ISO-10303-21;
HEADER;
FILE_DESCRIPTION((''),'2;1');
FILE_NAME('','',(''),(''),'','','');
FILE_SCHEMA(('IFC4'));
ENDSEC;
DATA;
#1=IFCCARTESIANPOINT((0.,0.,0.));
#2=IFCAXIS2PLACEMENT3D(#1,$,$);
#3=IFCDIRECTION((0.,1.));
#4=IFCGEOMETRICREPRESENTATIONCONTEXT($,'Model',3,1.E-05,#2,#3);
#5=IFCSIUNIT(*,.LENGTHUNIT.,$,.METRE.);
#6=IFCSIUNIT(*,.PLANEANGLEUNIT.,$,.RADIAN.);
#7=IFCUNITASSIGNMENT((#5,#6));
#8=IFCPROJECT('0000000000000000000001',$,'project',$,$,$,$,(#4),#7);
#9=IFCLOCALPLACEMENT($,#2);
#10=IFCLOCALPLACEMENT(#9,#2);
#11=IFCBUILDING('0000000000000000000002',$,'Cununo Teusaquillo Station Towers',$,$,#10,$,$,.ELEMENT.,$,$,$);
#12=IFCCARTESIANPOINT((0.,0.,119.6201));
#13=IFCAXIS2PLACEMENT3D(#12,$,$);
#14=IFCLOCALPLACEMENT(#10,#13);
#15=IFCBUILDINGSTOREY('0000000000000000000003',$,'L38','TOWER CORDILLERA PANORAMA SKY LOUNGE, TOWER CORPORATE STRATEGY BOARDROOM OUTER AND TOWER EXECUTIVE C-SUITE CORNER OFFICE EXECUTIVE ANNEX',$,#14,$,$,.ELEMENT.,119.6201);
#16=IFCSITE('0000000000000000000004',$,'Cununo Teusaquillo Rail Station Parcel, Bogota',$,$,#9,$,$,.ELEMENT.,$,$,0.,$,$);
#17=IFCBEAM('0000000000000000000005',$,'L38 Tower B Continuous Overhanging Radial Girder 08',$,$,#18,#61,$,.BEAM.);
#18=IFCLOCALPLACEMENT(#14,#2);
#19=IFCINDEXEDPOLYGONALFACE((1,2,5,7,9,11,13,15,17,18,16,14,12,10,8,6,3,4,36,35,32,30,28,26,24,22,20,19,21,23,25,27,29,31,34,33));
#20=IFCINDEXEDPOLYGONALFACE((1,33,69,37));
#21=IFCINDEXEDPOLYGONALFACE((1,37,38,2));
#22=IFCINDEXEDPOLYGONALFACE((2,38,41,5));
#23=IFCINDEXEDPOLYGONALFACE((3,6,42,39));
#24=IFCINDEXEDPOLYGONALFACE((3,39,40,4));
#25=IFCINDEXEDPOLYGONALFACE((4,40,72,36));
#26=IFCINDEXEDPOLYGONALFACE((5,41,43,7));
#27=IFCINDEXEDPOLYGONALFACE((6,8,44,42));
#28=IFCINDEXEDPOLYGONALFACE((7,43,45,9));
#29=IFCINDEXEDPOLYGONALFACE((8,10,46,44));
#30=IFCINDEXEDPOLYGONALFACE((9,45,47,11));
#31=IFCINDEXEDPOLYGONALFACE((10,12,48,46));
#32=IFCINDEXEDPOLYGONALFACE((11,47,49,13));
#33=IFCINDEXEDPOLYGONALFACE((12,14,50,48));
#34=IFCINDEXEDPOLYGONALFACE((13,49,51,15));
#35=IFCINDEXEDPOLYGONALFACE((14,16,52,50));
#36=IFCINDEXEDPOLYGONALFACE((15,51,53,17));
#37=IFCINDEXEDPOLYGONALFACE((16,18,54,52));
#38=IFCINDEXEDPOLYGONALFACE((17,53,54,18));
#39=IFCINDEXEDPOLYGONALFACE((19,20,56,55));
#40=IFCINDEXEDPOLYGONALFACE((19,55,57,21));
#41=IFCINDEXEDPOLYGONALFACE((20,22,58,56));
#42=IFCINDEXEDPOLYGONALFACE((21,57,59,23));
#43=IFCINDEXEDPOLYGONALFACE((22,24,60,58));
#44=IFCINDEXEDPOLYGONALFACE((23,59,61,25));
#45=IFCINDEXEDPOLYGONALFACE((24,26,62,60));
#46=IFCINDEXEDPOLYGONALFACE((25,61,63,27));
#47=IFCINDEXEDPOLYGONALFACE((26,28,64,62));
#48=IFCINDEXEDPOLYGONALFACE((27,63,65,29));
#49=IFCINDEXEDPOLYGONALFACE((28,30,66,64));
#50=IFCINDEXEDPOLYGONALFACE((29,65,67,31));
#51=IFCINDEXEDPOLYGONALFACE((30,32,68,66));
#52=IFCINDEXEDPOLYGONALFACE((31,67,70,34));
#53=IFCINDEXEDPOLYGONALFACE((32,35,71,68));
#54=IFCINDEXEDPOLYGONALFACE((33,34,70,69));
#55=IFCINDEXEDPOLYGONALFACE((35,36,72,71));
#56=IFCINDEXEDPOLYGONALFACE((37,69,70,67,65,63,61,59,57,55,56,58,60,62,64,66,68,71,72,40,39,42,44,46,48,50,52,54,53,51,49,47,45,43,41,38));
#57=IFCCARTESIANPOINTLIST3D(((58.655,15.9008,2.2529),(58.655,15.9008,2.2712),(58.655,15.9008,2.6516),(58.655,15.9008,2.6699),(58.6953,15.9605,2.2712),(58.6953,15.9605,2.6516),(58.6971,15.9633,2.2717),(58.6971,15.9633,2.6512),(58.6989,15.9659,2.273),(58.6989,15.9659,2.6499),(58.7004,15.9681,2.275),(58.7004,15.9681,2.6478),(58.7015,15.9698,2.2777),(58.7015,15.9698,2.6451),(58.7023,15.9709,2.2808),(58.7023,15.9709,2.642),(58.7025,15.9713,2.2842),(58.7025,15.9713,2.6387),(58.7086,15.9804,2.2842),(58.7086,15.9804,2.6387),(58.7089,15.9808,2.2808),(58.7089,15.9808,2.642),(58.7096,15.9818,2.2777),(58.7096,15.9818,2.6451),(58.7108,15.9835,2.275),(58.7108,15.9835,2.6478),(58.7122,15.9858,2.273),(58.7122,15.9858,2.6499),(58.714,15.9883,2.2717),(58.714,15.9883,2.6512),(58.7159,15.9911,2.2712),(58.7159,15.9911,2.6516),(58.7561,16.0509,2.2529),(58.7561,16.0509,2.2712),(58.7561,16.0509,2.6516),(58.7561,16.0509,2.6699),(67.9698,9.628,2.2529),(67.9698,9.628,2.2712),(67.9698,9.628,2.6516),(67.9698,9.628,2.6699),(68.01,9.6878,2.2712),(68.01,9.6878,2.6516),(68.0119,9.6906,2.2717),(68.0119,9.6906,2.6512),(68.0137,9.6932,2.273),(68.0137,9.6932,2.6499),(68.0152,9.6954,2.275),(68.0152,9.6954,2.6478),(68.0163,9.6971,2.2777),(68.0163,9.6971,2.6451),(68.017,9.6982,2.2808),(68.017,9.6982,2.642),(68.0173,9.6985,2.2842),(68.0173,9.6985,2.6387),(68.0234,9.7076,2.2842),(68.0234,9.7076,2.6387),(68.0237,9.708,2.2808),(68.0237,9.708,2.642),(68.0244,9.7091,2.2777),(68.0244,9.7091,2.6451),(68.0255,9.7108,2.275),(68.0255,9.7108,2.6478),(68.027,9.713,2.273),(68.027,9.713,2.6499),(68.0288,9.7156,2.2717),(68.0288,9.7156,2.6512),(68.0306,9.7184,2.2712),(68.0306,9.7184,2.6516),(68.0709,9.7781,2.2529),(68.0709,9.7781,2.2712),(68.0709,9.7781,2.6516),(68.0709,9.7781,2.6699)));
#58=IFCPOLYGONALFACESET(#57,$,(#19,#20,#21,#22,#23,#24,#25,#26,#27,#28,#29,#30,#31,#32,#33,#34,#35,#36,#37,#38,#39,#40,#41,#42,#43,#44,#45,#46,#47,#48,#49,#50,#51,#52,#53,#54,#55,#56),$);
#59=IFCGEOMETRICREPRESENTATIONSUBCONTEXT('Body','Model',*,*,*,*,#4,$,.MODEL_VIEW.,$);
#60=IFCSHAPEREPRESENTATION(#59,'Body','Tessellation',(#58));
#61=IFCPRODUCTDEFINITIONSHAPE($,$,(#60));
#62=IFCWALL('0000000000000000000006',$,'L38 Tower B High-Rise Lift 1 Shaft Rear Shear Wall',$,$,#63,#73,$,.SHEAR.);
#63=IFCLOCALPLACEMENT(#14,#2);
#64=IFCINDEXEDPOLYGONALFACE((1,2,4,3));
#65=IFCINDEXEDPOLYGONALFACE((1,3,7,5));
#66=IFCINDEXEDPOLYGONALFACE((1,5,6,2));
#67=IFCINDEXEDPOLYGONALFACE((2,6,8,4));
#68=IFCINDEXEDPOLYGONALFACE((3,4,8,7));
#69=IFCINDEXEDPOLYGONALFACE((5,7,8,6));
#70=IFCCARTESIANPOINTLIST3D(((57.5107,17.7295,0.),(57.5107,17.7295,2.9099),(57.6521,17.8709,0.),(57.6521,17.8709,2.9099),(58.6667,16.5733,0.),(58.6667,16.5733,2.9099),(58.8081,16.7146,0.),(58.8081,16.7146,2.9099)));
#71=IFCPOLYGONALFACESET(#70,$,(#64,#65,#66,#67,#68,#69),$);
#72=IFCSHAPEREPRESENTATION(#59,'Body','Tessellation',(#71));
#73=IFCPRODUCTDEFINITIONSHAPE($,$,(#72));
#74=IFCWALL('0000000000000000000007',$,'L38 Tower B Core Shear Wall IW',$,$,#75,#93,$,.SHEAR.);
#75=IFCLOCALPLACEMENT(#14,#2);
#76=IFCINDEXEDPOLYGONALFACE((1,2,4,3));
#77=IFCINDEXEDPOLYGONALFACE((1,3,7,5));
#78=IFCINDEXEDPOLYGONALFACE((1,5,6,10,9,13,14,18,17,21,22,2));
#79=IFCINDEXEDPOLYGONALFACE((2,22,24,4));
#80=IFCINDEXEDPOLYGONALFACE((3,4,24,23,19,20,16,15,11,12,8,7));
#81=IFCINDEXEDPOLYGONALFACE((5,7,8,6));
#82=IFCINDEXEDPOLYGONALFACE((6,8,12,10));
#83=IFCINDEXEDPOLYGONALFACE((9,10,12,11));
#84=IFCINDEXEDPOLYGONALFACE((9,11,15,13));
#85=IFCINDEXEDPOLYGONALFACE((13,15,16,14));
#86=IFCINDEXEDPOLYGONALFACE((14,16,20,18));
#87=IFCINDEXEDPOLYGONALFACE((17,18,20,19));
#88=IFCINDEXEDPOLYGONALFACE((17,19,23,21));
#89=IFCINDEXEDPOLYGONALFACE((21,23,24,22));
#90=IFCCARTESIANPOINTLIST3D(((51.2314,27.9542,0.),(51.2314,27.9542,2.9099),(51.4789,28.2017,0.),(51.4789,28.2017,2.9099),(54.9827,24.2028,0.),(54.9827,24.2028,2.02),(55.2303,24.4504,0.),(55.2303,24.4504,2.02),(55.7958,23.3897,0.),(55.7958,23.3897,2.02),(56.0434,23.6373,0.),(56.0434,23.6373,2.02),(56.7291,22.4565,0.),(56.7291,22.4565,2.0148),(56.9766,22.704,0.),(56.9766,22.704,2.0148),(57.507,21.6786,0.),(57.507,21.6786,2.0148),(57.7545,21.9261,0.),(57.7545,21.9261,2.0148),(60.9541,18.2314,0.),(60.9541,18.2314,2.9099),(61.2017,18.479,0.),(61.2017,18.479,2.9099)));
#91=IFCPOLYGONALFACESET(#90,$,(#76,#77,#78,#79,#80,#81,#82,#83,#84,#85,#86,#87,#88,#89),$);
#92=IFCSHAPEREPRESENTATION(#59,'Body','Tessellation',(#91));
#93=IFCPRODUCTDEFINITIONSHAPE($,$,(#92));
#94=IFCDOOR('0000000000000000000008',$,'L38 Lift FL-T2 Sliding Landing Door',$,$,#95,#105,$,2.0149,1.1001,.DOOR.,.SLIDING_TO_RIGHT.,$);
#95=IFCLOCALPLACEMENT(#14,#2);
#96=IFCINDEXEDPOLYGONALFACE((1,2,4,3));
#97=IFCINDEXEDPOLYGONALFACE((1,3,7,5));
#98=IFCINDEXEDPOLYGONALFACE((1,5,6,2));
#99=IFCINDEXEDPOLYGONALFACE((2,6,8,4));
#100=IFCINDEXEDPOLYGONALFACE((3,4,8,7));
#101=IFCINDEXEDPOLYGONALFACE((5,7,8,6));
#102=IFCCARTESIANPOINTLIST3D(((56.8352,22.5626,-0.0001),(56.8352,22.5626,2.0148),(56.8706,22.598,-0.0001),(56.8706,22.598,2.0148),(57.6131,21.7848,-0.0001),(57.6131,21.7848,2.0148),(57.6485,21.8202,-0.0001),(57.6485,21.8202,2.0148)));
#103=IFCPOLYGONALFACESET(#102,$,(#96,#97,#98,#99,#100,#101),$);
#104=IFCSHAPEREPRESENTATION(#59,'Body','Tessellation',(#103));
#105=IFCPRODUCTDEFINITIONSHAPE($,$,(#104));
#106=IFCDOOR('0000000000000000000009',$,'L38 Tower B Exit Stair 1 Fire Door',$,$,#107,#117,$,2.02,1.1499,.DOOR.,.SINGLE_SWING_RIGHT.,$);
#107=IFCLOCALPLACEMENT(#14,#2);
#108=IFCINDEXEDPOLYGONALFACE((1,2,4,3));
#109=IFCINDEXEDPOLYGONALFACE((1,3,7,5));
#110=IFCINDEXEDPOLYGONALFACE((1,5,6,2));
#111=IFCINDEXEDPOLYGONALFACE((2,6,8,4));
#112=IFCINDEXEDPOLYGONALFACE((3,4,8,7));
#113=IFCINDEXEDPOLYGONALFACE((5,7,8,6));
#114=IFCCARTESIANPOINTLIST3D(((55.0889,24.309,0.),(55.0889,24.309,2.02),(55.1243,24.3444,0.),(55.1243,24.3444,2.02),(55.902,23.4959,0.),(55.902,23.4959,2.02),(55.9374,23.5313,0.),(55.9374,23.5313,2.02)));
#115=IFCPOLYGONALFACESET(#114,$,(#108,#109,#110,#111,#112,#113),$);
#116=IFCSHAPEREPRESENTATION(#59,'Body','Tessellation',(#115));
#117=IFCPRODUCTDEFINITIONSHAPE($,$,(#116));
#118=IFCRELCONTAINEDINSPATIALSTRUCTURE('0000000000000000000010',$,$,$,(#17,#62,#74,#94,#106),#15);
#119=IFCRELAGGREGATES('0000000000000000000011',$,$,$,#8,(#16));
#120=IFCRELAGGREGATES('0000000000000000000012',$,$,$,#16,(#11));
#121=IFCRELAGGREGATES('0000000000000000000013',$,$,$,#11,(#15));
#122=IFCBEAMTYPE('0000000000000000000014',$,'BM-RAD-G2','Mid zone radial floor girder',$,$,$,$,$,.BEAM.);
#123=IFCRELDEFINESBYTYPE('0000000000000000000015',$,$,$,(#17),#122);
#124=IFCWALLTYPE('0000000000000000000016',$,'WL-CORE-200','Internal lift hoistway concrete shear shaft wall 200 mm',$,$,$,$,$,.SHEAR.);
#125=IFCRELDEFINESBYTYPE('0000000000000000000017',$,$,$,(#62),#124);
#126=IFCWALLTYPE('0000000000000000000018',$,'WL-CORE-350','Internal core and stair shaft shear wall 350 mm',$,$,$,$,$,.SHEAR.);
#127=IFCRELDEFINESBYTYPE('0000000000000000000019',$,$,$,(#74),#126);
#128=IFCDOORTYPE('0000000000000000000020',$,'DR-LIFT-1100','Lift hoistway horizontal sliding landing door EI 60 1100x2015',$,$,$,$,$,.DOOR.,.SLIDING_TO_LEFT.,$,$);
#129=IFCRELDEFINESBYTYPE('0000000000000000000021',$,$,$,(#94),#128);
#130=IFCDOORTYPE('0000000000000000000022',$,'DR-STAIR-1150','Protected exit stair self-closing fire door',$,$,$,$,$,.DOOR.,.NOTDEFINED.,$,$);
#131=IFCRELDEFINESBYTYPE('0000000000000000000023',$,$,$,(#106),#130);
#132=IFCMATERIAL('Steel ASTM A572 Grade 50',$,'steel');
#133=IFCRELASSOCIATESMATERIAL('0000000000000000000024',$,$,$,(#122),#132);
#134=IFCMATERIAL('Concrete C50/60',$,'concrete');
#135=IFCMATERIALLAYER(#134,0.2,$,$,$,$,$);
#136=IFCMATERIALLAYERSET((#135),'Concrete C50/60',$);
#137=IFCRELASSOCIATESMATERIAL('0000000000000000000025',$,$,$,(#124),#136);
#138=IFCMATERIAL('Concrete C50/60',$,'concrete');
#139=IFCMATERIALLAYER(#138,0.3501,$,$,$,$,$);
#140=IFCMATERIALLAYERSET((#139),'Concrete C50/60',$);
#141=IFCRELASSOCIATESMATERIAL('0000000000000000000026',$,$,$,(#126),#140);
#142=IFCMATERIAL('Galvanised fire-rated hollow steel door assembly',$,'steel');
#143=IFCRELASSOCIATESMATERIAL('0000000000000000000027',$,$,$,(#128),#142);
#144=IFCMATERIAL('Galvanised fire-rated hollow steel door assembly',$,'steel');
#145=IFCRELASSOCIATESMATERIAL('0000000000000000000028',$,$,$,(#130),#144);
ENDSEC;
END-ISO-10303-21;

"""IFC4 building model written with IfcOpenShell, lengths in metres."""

from ifc_helpers import new_model, si_unit, direction, frame, frame_2d, origin, origin_2d, place, context, subcontext, project, spatial, rectangle, i_section, extrude, source, transform, mapped, material, layer, layer_set, material_profile, profile_set, type_object, element, fill, save


model = new_model("IFC4")

# Units and contexts
model_context = context("Model", 3, precision=1e-05, world=origin(), true_north=direction((0.0, 1.0)))
body_context = subcontext(model_context, "Body", "Model", "MODEL_VIEW")
ifc_project = project(units=[si_unit("LENGTHUNIT", "METRE"), si_unit("PLANEANGLEUNIT", "RADIAN")], contexts=[model_context])

# Site, building, storey
site_placement = place(None, origin())
site = spatial("IfcSite", under=ifc_project, at=site_placement, Name="Cununo Teusaquillo Rail Station Parcel, Bogota", CompositionType="ELEMENT", RefElevation=0.0)
building_placement = place(site_placement, origin())
building = spatial("IfcBuilding", under=site, at=building_placement, Name="Cununo Teusaquillo Station Towers", CompositionType="ELEMENT")
storey_placement = place(building_placement, frame((0.0, 0.0, 119.6201)))
storey = spatial("IfcBuildingStorey", under=building, at=storey_placement, Name="L38", Description="TOWER CORDILLERA PANORAMA SKY LOUNGE, TOWER CORPORATE STRATEGY BOARDROOM OUTER AND TOWER EXECUTIVE C-SUITE CORNER OFFICE EXECUTIVE ANNEX", CompositionType="ELEMENT", Elevation=119.6201)

# Beam
ifc_material_1 = material(Name="Steel ASTM A572 Grade 50", Category="steel")
ifc_material_profile_1 = material_profile(ifc_material_1, i_section(OverallWidth=0.1809, OverallDepth=0.417, WebThickness=0.011, FlangeThickness=0.0183, FilletRadius=0.0129, at=origin_2d()), Name="W16X57")
ifc_profile_set_1 = profile_set([ifc_material_profile_1], Name="Steel ASTM A572 Grade 50")
beam_type_1 = type_object("IfcBeamType", Name="BM-RAD-G2", Description="Mid zone radial floor girder", PredefinedType="BEAM", material=ifc_profile_set_1)
beam_1_placement = place(storey_placement, frame((58.7056, 15.9758, 2.4614), z_axis=(0.829456, -0.558572, 0.0), x_axis=(0.558572, 0.829456, 0.0)))
element("IfcBeam", 1, at=beam_1_placement, inside=storey, type_object=beam_type_1, Name="L38 Tower B Continuous Overhanging Radial Girder 08", PredefinedType="BEAM", context=body_context, shape_type="SweptSolid", body=[
    extrude(i_section(OverallWidth=0.1809, OverallDepth=0.417, WebThickness=0.011, FlangeThickness=0.0183, FilletRadius=0.0129, at=origin_2d()), origin(), (0.0, 0.0, 1.0), 11.23),
])

# Wall
ifc_material_2 = material(Name="Concrete C50/60", Category="concrete")
ifc_layer_1 = layer(ifc_material_2, 0.2)
ifc_layer_set_1 = layer_set([ifc_layer_1], Name="Concrete C50/60")
wall_type_1 = type_object("IfcWallType", Name="WL-CORE-200", Description="Internal lift hoistway concrete shear shaft wall 200 mm", PredefinedType="SHEAR", material=ifc_layer_set_1)
wall_1_placement = place(storey_placement, frame((58.7373, 16.644, 0.0), z_axis=(0.0, 0.0, 1.0), x_axis=(-0.707032, 0.707181, 0.0)))
element("IfcWall", 2, at=wall_1_placement, inside=storey, type_object=wall_type_1, Name="L38 Tower B High-Rise Lift 1 Shaft Rear Shear Wall", PredefinedType="SHEAR", context=body_context, shape_type="SweptSolid", body=[
    extrude(rectangle(XDim=1.635, YDim=0.2, at=frame_2d((0.8174, 0.0))), origin(), (0.0, 0.0, 1.0), 2.9099),
])

# Wall, openings, doors
ifc_material_3 = material(Name="Concrete C50/60", Category="concrete")
ifc_layer_2 = layer(ifc_material_3, 0.3501)
ifc_layer_set_2 = layer_set([ifc_layer_2], Name="Concrete C50/60")
wall_type_2 = type_object("IfcWallType", Name="WL-CORE-350", Description="Internal core and stair shaft shear wall 350 mm", PredefinedType="SHEAR", material=ifc_layer_set_2)
wall_2_placement = place(storey_placement, frame((61.0779, 18.3552, 0.0), z_axis=(0.0, 0.0, 1.0), x_axis=(-0.707107, 0.707107, 0.0)))
wall_2 = element("IfcWall", 3, at=wall_2_placement, inside=storey, type_object=wall_type_2, Name="L38 Tower B Core Shear Wall IW", PredefinedType="SHEAR", context=body_context, shape_type="SweptSolid", body=[
    extrude(rectangle(XDim=13.75, YDim=0.3501, at=frame_2d((6.875, 0.0))), origin(), (0.0, 0.0, 1.0), 2.9099),
])
shared_shape_1 = source(origin(), body_context, "Body", "SweptSolid", [
    extrude(rectangle(XDim=1.1001, YDim=2.0149, at=frame_2d((0.55, 1.0073))), frame((0.0, 0.1851, 0.0), z_axis=(0.0, -1.0, 0.0), x_axis=(1.0, 0.0, 0.0)), (0.0, 0.0, 1.0), 0.3701),
])
opening_1_placement = place(wall_2_placement, frame((4.875, 0.0, 0.0)))
opening_1 = element("IfcOpeningElement", 4, at=opening_1_placement, cuts=wall_2, PredefinedType="OPENING", context=body_context, shape_type="MappedRepresentation", body=[
    mapped(shared_shape_1, transform((0.0, 0.0, 0.0), x_axis=(1.0, 0.0, 0.0), y_axis=(0.0, 1.0, 0.0), z_axis=(0.0, 0.0, 1.0), scale=1.0)),
])
shared_shape_2 = source(origin(), body_context, "Body", "SweptSolid", [
    extrude(rectangle(XDim=1.1499, YDim=2.02, at=frame_2d((0.575, 1.01))), frame((0.0, 0.1851, 0.0), z_axis=(0.0, -1.0, 0.0), x_axis=(1.0, 0.0, 0.0)), (0.0, 0.0, 1.0), 0.3701),
])
opening_2_placement = place(wall_2_placement, frame((7.2949, 0.0, 0.0)))
opening_2 = element("IfcOpeningElement", 5, at=opening_2_placement, cuts=wall_2, PredefinedType="OPENING", context=body_context, shape_type="MappedRepresentation", body=[
    mapped(shared_shape_2, transform((0.0, 0.0, 0.0), x_axis=(1.0, 0.0, 0.0), y_axis=(0.0, 1.0, 0.0), z_axis=(0.0, 0.0, 1.0), scale=1.0)),
])
ifc_material_4 = material(Name="Galvanised fire-rated hollow steel door assembly", Category="steel")
door_type_1 = type_object("IfcDoorType", Name="DR-LIFT-1100", Description="Lift hoistway horizontal sliding landing door EI 60 1100x2015", OperationType="SLIDING_TO_LEFT", PredefinedType="DOOR", material=ifc_material_4)
shared_shape_3 = source(origin(), body_context, "Body", "SweptSolid", [
    extrude(rectangle(XDim=1.1001, YDim=2.0149, at=frame_2d((0.55, 1.0073))), frame((0.0, 0.0249, 0.0), z_axis=(0.0, -1.0, 0.0), x_axis=(1.0, 0.0, 0.0)), (0.0, 0.0, 1.0), 0.05),
])
door_1_placement = place(opening_1_placement, origin())
door_1 = element("IfcDoor", 6, at=door_1_placement, inside=storey, type_object=door_type_1, Name="L38 Lift FL-T2 Sliding Landing Door", OperationType="SLIDING_TO_RIGHT", OverallHeight=2.0149, OverallWidth=1.1001, PredefinedType="DOOR", context=body_context, shape_type="MappedRepresentation", body=[
    mapped(shared_shape_3, transform((0.0, 0.0, 0.0), x_axis=(1.0, 0.0, 0.0), y_axis=(0.0, 1.0, 0.0), z_axis=(0.0, 0.0, 1.0), scale=1.0)),
])
fill(opening_1, door_1)
ifc_material_5 = material(Name="Galvanised fire-rated hollow steel door assembly", Category="steel")
door_type_2 = type_object("IfcDoorType", Name="DR-STAIR-1150", Description="Protected exit stair self-closing fire door", OperationType="NOTDEFINED", PredefinedType="DOOR", material=ifc_material_5)
shared_shape_4 = source(origin(), body_context, "Body", "SweptSolid", [
    extrude(rectangle(XDim=1.1499, YDim=2.02, at=frame_2d((0.575, 1.01))), frame((0.0, 0.0249, 0.0), z_axis=(0.0, -1.0, 0.0), x_axis=(1.0, 0.0, 0.0)), (0.0, 0.0, 1.0), 0.05),
])
door_2_placement = place(opening_2_placement, origin())
door_2 = element("IfcDoor", 7, at=door_2_placement, inside=storey, type_object=door_type_2, Name="L38 Tower B Exit Stair 1 Fire Door", OperationType="SINGLE_SWING_RIGHT", OverallHeight=2.02, OverallWidth=1.1499, PredefinedType="DOOR", context=body_context, shape_type="MappedRepresentation", body=[
    mapped(shared_shape_4, transform((0.0, 0.0, 0.0), x_axis=(1.0, 0.0, 0.0), y_axis=(0.0, 1.0, 0.0), z_axis=(0.0, 0.0, 1.0), scale=1.0)),
])
fill(opening_2, door_2)

save(model, "model.ifc")
